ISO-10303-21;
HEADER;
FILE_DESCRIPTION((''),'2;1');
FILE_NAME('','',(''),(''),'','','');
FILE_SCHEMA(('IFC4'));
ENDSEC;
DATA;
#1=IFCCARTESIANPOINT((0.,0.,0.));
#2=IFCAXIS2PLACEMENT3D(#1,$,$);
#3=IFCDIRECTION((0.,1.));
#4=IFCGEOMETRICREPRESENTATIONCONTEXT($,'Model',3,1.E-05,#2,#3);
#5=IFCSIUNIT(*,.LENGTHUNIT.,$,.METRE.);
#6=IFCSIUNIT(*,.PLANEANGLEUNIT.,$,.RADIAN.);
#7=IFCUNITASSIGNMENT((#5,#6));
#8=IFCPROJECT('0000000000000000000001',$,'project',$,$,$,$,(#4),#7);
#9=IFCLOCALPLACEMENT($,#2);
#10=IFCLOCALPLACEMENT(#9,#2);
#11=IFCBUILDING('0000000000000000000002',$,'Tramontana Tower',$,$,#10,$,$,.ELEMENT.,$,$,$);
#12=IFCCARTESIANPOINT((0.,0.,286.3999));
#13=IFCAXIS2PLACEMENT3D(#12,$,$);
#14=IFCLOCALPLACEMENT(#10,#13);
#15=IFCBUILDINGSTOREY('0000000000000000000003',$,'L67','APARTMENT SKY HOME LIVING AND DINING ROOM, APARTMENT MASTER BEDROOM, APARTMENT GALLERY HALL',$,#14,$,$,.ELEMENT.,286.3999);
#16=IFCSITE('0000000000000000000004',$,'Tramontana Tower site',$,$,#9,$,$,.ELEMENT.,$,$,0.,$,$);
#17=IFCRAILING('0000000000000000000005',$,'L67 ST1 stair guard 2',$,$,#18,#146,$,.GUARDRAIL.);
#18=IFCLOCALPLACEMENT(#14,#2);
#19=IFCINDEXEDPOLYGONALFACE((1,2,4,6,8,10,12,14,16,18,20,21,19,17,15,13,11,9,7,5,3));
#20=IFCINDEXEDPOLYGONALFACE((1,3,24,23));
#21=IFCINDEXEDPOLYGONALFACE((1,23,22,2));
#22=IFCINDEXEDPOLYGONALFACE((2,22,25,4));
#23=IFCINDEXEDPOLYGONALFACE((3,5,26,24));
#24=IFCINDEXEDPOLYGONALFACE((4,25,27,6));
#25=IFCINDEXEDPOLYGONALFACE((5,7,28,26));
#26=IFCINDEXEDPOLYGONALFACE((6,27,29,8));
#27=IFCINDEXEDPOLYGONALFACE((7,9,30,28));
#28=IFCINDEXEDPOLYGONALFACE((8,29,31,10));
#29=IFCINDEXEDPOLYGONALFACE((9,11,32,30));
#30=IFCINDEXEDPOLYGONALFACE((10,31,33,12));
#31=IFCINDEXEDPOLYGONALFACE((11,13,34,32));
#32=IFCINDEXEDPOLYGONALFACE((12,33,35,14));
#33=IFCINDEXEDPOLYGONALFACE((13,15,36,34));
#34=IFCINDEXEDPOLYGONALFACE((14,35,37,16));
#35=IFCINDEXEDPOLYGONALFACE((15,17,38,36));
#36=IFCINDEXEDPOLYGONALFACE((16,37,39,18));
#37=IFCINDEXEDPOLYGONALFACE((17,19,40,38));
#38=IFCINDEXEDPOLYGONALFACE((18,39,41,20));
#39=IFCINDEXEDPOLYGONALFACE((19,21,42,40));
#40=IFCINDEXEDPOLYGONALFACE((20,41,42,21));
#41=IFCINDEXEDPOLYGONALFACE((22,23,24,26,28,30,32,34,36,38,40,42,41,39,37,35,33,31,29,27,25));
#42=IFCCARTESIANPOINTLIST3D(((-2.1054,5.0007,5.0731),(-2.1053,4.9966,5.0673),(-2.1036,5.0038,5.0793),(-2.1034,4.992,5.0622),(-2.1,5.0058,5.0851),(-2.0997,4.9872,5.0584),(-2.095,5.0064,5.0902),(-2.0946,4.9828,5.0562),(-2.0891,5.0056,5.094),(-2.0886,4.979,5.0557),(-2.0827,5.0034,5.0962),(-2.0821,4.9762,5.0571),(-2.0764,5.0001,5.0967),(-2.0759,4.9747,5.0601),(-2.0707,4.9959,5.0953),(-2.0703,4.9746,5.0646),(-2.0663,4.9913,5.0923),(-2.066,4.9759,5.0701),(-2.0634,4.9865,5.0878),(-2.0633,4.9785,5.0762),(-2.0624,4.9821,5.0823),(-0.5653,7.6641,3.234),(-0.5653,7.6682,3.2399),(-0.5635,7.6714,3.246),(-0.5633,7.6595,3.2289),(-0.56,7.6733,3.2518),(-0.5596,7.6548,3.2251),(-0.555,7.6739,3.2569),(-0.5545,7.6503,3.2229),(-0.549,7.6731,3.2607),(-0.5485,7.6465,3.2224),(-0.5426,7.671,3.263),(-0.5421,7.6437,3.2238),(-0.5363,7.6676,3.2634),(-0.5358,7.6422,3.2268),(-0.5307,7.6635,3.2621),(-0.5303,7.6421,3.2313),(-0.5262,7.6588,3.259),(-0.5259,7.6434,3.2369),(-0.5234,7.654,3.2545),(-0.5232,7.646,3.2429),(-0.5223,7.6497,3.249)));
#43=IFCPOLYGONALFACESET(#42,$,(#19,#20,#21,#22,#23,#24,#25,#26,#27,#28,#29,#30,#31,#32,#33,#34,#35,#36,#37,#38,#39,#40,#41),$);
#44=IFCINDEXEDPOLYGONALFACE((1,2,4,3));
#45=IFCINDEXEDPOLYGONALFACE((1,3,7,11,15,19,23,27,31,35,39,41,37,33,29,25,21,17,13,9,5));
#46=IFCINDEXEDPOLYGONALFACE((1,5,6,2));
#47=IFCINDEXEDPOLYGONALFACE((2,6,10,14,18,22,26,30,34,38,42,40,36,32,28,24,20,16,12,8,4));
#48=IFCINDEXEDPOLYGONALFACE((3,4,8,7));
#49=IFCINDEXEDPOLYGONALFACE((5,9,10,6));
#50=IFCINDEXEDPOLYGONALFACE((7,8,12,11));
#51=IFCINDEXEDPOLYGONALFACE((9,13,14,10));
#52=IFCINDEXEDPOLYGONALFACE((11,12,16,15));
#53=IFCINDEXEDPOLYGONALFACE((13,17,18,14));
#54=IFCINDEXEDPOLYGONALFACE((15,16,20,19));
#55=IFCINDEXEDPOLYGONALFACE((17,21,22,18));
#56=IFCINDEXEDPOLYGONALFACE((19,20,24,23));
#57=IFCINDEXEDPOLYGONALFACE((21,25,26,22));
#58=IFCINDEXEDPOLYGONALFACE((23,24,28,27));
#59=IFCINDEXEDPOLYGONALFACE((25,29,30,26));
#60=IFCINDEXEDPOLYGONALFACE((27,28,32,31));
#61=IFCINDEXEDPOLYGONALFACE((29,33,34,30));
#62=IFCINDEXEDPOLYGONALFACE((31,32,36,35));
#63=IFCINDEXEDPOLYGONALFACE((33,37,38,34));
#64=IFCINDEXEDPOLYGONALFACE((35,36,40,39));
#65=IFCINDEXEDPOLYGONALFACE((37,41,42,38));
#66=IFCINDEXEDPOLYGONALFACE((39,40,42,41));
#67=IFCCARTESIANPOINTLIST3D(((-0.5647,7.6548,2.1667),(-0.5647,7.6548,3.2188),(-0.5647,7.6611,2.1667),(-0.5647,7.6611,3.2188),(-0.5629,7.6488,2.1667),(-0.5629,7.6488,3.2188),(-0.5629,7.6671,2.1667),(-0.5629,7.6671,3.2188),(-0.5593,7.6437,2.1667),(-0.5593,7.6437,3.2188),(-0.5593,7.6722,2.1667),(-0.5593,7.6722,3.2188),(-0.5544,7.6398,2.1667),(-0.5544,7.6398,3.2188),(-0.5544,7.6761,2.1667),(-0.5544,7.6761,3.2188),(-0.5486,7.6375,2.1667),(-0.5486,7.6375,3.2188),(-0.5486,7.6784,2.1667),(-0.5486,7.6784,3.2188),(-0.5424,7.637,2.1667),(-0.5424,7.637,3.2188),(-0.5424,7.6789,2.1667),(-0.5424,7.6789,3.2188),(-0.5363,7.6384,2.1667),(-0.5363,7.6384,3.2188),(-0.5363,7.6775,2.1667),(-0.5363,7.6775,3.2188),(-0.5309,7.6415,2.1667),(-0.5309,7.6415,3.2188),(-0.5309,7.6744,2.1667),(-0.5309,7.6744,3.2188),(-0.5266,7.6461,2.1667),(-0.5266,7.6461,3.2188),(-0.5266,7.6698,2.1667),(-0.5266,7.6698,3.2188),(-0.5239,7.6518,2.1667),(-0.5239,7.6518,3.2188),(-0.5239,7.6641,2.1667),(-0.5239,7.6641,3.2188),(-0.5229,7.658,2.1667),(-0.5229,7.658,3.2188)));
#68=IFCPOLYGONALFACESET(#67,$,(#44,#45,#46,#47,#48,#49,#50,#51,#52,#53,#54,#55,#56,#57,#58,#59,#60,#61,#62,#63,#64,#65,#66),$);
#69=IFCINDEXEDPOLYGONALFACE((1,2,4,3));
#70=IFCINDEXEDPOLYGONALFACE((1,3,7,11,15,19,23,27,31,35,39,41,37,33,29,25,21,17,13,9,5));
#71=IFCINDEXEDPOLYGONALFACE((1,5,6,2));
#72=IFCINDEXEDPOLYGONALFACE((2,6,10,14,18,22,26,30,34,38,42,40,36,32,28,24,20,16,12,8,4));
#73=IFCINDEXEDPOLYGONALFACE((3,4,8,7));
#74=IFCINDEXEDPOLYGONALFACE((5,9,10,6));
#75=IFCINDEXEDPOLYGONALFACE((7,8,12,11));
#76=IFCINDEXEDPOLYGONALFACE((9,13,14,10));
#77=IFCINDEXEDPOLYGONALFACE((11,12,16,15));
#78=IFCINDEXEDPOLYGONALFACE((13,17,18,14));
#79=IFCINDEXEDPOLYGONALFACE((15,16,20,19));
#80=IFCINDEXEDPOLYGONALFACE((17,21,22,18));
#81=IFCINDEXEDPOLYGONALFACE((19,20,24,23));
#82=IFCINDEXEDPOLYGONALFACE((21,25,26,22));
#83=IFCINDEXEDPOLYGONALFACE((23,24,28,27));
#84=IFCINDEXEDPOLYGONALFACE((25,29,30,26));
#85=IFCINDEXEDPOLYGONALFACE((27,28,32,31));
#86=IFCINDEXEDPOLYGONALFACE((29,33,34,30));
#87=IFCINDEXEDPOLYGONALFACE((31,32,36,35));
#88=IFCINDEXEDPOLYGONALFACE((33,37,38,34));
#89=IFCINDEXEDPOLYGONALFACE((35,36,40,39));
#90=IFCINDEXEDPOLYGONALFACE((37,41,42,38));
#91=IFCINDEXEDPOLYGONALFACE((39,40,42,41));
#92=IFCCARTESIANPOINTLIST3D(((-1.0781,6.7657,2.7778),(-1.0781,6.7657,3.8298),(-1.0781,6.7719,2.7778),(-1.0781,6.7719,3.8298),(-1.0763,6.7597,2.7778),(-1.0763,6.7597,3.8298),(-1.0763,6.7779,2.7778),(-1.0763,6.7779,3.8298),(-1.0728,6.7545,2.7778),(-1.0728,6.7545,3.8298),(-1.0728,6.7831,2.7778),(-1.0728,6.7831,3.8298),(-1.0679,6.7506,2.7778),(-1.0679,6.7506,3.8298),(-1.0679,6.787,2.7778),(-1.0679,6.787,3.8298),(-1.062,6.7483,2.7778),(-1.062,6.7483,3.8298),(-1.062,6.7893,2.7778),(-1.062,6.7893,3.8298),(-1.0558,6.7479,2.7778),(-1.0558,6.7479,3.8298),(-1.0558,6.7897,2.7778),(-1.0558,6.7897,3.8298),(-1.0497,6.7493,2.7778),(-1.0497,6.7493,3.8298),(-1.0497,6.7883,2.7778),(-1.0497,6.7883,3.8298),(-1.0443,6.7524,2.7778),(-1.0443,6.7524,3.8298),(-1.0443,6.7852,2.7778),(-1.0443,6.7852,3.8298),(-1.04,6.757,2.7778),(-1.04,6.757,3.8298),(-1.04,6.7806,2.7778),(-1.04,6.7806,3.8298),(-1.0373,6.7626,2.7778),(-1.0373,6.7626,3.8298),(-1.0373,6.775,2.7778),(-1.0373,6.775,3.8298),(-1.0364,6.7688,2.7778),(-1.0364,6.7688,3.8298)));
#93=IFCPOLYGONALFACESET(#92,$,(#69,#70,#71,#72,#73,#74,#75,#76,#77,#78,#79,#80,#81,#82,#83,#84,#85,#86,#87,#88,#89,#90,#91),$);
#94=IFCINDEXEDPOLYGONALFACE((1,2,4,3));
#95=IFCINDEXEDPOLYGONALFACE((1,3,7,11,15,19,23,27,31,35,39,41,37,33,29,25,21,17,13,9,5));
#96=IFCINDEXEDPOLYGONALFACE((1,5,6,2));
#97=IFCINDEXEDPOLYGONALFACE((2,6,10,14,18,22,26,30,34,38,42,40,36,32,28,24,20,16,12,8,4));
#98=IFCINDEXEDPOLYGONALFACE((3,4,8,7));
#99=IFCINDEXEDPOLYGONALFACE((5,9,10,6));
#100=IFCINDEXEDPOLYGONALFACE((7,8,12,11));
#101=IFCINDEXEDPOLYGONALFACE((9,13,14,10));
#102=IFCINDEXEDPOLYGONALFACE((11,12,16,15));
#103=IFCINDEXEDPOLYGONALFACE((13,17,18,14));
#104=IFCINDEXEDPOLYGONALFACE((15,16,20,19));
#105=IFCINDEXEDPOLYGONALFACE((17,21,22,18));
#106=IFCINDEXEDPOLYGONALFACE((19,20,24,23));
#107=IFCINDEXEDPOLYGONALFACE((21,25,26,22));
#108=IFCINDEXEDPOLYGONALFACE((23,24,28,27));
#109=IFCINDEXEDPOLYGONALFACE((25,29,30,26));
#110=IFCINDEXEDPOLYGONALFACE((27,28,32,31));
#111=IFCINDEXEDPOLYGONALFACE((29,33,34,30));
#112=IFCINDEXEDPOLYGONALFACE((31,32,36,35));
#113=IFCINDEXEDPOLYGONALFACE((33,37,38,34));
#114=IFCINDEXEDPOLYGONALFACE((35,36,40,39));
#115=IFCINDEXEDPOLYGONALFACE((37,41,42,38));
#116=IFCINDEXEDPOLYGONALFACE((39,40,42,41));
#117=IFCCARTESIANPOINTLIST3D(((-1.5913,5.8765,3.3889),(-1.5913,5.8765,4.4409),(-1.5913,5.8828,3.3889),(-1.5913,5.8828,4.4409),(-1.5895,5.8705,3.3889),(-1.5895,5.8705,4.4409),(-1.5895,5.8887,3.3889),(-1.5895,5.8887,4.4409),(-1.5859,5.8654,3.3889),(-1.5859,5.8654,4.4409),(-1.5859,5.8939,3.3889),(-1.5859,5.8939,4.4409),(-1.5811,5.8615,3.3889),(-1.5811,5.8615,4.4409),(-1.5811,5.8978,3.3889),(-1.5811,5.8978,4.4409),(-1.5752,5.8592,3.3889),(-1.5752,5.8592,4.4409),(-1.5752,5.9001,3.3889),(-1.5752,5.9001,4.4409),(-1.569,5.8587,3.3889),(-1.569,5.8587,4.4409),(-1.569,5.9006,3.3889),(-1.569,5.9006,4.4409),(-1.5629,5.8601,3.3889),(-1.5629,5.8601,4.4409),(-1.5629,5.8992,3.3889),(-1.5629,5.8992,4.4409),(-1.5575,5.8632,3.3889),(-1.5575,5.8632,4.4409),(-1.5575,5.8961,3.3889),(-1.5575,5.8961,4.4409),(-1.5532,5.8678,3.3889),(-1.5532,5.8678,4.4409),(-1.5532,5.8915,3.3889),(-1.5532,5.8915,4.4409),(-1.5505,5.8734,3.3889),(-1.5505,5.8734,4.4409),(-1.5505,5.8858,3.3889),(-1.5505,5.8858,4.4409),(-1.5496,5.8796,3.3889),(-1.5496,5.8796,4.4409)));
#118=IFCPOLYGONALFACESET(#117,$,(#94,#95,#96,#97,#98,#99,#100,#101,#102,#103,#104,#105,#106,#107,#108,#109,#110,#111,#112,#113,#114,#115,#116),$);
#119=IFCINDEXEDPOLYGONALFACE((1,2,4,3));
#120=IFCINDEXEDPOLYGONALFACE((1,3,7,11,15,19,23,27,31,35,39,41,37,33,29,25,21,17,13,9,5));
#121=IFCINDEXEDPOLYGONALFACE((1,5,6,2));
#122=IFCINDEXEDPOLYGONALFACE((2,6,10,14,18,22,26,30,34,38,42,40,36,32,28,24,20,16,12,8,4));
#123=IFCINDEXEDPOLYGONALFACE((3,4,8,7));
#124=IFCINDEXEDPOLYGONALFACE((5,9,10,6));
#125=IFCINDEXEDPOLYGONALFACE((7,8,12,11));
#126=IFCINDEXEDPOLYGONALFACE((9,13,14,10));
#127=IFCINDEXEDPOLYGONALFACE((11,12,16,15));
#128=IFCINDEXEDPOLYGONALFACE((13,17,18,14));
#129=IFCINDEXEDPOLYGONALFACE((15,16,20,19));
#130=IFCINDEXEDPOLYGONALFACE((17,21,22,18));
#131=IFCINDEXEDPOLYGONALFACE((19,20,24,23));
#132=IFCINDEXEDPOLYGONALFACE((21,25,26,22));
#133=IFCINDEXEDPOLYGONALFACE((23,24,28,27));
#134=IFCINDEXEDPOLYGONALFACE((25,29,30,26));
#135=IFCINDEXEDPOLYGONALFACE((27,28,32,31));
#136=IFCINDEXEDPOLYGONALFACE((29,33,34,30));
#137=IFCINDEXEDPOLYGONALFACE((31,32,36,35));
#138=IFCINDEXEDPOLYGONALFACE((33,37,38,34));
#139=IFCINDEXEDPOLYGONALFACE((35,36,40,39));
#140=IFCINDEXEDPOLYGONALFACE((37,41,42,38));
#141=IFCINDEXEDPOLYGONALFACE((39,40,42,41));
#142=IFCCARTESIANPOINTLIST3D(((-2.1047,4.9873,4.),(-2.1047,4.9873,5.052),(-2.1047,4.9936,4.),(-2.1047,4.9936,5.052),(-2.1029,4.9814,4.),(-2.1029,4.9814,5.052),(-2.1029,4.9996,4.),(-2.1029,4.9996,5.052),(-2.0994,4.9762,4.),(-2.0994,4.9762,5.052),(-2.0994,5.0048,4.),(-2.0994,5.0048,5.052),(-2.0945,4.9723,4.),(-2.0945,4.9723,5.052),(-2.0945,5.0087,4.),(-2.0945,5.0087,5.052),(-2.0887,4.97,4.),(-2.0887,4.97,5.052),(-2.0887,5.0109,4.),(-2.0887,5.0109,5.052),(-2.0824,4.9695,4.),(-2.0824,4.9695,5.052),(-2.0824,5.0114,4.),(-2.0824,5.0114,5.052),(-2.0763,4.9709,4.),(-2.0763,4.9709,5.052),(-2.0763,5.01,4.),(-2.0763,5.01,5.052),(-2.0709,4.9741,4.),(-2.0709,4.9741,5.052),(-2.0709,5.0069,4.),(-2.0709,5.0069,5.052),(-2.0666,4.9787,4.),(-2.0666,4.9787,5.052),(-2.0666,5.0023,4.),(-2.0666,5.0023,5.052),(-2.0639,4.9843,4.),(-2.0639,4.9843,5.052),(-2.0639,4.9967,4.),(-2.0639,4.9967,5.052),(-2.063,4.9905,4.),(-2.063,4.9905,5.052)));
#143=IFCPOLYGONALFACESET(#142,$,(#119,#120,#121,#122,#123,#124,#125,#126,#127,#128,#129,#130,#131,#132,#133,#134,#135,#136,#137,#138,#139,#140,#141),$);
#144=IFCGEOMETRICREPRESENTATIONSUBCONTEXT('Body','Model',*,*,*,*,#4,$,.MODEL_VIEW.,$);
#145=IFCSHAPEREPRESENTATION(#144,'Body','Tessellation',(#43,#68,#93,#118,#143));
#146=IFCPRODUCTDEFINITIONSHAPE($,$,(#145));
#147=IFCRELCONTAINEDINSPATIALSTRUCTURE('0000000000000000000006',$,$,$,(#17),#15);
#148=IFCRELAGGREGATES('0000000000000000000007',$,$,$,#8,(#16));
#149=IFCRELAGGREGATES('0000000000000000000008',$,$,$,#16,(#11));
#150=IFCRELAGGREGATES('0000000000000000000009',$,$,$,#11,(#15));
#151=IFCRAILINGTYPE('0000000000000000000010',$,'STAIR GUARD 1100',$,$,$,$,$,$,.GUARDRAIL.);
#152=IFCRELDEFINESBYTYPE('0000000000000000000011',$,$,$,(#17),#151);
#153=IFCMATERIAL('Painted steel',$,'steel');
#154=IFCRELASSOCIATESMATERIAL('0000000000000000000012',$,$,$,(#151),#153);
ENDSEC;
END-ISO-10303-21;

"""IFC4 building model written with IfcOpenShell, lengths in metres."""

from ifc_helpers import new_model, si_unit, direction, frame, origin, origin_2d, place, context, subcontext, project, spatial, circle, extrude, material, type_object, element, save


model = new_model("IFC4")

# Units and contexts
model_context = context("Model", 3, precision=1e-05, world=origin(), true_north=direction((0.0, 1.0)))
body_context = subcontext(model_context, "Body", "Model", "MODEL_VIEW")
ifc_project = project(units=[si_unit("LENGTHUNIT", "METRE"), si_unit("PLANEANGLEUNIT", "RADIAN")], contexts=[model_context])

# Site, building, storey
site_placement = place(None, origin())
site = spatial("IfcSite", under=ifc_project, at=site_placement, Name="Tramontana Tower site", CompositionType="ELEMENT", RefElevation=0.0)
building_placement = place(site_placement, origin())
building = spatial("IfcBuilding", under=site, at=building_placement, Name="Tramontana Tower", CompositionType="ELEMENT")
storey_placement = place(building_placement, frame((0.0, 0.0, 286.3999)))
storey = spatial("IfcBuildingStorey", under=building, at=storey_placement, Name="L67", Description="APARTMENT SKY HOME LIVING AND DINING ROOM, APARTMENT MASTER BEDROOM, APARTMENT GALLERY HALL", CompositionType="ELEMENT", Elevation=286.3999)

# Railing
ifc_material_1 = material(Name="Painted steel", Category="steel")
railing_type_1 = type_object("IfcRailingType", Name="STAIR GUARD 1100", PredefinedType="GUARDRAIL", material=ifc_material_1)
railing_1_placement = place(storey_placement, frame((-0.5439, 7.658, 2.1667)))
element("IfcRailing", 1, at=railing_1_placement, inside=storey, type_object=railing_type_1, Name="L67 ST1 stair guard 2", PredefinedType="GUARDRAIL", context=body_context, shape_type="SweptSolid", body=[
    extrude(circle(Radius=0.0239, at=origin_2d()), frame((0.0, 0.0, 1.0762), z_axis=(-0.429649, -0.74419, 0.511452), x_axis=(0.86603, -0.499992, 0.0)), (0.0, 0.0, 1.0), 3.5845),
    extrude(circle(Radius=0.021, at=origin_2d()), origin(), (0.0, 0.0, 1.0), 1.052),
    extrude(circle(Radius=0.021, at=origin_2d()), frame((-0.5134, -0.8892, 0.6111)), (0.0, 0.0, 1.0), 1.052),
    extrude(circle(Radius=0.021, at=origin_2d()), frame((-1.0266, -1.7783, 1.2222)), (0.0, 0.0, 1.0), 1.052),
    extrude(circle(Radius=0.021, at=origin_2d()), frame((-1.54, -2.6675, 1.8333)), (0.0, 0.0, 1.0), 1.052),
])

save(model, "model.ifc")
